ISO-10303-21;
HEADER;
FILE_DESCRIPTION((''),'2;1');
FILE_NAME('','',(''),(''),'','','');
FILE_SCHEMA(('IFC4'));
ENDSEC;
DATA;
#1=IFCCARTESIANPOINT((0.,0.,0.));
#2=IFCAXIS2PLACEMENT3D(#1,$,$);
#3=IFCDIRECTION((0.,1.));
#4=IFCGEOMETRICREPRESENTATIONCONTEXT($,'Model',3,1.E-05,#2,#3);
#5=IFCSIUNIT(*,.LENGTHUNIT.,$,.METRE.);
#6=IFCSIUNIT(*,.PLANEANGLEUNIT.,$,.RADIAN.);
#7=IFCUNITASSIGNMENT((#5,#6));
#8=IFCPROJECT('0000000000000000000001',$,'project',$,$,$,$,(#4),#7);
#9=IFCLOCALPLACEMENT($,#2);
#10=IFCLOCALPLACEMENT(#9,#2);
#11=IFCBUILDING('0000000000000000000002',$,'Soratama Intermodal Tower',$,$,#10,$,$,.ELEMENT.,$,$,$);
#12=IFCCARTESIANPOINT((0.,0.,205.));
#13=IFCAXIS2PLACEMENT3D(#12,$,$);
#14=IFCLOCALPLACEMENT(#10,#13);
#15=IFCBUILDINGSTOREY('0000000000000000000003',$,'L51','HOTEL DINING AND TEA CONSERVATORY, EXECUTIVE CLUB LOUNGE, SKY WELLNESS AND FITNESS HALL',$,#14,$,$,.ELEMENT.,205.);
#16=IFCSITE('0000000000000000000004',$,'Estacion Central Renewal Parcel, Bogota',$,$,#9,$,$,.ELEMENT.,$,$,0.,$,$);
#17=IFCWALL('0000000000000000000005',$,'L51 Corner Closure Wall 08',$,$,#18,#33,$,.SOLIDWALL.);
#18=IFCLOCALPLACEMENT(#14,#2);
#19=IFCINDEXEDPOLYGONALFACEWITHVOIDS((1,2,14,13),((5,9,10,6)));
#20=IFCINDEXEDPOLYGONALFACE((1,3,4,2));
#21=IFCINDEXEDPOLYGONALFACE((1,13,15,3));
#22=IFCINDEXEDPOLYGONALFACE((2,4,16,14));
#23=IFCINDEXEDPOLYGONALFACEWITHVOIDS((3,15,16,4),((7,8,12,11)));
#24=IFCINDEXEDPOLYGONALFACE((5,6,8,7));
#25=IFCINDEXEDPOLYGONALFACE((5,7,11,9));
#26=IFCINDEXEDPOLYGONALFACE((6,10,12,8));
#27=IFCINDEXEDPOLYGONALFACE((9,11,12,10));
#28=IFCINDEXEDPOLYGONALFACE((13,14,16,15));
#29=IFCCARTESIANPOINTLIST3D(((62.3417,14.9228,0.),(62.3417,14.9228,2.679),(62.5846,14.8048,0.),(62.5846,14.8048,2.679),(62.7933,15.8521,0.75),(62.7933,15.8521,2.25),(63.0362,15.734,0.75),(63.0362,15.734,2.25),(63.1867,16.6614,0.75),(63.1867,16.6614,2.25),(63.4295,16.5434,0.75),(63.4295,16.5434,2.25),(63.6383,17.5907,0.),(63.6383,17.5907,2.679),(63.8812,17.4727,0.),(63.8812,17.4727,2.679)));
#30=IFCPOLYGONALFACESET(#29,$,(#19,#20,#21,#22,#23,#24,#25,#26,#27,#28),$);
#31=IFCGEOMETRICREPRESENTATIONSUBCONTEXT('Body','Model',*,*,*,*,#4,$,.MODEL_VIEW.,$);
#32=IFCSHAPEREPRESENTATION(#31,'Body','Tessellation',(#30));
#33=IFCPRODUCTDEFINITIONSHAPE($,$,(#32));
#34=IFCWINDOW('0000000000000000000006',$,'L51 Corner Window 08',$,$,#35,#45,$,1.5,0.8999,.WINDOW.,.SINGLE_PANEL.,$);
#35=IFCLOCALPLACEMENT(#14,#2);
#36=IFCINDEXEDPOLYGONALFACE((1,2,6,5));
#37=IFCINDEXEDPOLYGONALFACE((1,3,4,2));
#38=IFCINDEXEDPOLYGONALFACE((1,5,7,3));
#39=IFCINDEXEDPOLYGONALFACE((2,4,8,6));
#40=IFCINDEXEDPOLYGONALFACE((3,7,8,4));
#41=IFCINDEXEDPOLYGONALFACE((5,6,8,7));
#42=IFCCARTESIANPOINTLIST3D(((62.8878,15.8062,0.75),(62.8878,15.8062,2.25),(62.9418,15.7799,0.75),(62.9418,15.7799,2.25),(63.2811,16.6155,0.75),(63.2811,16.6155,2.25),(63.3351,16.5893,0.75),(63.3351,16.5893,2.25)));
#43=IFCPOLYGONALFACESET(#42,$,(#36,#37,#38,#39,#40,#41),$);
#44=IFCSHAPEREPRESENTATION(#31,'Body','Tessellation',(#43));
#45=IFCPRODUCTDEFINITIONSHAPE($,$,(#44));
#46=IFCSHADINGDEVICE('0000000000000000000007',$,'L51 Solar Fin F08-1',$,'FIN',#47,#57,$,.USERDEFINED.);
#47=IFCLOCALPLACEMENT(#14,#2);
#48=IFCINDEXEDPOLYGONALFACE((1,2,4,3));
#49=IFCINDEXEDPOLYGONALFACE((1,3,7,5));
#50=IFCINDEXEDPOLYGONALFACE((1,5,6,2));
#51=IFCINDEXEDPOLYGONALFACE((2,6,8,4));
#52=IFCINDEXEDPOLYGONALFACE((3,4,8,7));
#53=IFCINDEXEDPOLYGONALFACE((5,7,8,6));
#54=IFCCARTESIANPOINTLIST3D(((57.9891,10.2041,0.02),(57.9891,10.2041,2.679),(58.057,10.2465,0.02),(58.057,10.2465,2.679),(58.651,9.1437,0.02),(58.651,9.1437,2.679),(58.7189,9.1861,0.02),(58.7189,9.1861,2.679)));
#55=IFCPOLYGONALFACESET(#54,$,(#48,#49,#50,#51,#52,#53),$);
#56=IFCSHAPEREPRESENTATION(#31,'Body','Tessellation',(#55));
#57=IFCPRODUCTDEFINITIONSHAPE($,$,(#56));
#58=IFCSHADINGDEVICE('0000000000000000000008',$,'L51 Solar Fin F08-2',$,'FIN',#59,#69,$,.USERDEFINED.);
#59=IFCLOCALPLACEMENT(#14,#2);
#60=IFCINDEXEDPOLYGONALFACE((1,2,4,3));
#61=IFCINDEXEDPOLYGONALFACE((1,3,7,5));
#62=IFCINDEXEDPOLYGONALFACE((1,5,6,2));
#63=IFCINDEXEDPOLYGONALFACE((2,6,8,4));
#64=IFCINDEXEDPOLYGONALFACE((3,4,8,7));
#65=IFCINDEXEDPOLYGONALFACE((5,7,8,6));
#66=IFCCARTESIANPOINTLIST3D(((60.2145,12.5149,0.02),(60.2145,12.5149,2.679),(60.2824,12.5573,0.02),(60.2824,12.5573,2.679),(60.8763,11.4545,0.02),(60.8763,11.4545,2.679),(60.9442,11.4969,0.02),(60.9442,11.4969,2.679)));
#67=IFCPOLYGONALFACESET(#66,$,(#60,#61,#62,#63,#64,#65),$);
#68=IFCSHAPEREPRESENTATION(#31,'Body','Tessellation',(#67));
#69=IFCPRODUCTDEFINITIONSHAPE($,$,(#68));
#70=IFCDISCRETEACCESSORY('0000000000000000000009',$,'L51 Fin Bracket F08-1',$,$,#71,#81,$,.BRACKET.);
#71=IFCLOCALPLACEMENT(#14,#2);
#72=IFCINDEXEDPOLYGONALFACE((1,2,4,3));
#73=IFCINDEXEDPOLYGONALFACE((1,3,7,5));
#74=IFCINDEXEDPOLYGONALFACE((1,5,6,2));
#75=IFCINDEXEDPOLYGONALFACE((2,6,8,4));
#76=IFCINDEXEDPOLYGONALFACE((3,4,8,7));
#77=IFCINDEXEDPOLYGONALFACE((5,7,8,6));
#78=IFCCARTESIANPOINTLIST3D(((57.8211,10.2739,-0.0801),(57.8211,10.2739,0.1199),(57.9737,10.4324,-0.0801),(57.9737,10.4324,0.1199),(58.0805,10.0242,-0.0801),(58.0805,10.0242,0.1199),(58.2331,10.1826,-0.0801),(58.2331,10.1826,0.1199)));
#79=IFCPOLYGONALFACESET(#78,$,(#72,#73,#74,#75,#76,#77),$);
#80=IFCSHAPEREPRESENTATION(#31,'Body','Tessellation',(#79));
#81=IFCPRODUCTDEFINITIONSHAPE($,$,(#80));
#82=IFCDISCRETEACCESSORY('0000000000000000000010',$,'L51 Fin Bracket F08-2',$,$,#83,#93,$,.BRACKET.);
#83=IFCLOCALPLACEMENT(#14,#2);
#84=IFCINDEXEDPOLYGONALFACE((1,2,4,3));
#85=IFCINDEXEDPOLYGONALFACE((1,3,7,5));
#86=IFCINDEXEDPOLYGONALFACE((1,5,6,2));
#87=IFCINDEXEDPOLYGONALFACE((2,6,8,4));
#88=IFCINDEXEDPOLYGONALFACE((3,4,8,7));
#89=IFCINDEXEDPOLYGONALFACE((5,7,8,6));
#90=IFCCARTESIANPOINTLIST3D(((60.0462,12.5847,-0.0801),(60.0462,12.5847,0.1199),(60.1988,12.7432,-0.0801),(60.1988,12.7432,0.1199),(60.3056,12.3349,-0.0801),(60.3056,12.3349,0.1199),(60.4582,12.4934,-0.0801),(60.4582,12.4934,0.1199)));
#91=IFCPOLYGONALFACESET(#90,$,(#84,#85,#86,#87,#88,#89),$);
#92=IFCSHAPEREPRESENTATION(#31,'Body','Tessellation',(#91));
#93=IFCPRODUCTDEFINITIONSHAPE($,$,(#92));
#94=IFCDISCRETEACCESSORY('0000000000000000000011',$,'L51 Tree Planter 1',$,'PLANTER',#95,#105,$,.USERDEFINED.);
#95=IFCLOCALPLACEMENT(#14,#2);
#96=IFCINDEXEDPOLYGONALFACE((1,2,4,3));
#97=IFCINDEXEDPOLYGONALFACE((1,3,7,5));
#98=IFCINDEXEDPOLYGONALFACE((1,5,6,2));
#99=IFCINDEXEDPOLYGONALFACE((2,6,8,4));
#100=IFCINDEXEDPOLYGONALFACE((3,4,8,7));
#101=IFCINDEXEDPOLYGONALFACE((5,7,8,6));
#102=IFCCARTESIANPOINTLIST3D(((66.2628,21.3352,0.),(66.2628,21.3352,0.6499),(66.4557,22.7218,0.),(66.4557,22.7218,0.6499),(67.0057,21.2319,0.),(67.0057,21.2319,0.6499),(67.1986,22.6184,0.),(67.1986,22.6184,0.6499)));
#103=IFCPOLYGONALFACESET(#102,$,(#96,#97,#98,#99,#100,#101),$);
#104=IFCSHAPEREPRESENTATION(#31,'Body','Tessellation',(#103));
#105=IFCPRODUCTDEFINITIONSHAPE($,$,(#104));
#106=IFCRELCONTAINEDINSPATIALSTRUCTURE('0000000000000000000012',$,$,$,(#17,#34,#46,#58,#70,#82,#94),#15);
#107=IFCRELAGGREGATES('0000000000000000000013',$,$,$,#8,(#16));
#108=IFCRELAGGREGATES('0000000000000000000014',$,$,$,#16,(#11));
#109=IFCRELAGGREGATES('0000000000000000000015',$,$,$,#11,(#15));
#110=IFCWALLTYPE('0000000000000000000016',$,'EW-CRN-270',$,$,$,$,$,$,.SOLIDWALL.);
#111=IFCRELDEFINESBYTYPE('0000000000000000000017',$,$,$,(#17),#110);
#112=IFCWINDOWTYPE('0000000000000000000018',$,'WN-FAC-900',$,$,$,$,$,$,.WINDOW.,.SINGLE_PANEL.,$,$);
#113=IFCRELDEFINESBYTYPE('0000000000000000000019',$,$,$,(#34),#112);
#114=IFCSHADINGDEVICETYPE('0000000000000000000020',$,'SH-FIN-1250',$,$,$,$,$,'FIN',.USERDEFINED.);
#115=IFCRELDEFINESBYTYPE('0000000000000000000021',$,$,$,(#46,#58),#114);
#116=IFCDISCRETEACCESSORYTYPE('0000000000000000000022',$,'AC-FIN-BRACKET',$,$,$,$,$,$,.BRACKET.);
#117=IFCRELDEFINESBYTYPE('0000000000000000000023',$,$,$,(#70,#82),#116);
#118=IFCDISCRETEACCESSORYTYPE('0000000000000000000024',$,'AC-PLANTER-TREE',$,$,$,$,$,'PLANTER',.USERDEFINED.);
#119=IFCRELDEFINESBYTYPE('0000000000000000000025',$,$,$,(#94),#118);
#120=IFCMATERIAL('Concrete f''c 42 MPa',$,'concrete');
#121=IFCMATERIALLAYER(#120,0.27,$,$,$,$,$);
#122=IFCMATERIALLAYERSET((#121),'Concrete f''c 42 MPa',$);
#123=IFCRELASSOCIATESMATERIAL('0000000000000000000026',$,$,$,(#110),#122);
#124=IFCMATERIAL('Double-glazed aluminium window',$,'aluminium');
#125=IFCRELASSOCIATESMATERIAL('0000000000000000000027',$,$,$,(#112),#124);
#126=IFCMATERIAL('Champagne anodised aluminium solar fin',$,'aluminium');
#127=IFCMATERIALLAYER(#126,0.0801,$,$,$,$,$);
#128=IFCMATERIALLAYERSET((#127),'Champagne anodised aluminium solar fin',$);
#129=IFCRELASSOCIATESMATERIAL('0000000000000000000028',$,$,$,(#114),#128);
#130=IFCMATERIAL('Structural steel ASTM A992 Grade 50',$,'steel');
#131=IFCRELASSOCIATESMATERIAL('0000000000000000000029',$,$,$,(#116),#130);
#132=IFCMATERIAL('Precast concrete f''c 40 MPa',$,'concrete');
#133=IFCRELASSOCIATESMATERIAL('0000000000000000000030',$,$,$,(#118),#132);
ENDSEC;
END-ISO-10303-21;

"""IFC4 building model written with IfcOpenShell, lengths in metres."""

from ifc_helpers import new_model, si_unit, direction, frame, frame_2d, origin, origin_2d, place, context, subcontext, project, spatial, rectangle, extrude, material, layer, layer_set, type_object, element, fill, save


model = new_model("IFC4")

# Units and contexts
model_context = context("Model", 3, precision=1e-05, world=origin(), true_north=direction((0.0, 1.0)))
body_context = subcontext(model_context, "Body", "Model", "MODEL_VIEW")
ifc_project = project(units=[si_unit("LENGTHUNIT", "METRE"), si_unit("PLANEANGLEUNIT", "RADIAN")], contexts=[model_context])

# Site, building, storey
site_placement = place(None, origin())
site = spatial("IfcSite", under=ifc_project, at=site_placement, Name="Estacion Central Renewal Parcel, Bogota", CompositionType="ELEMENT", RefElevation=0.0)
building_placement = place(site_placement, origin())
building = spatial("IfcBuilding", under=site, at=building_placement, Name="Soratama Intermodal Tower", CompositionType="ELEMENT")
storey_placement = place(building_placement, frame((0.0, 0.0, 205.0)))
storey = spatial("IfcBuildingStorey", under=building, at=storey_placement, Name="L51", Description="HOTEL DINING AND TEA CONSERVATORY, EXECUTIVE CLUB LOUNGE, SKY WELLNESS AND FITNESS HALL", CompositionType="ELEMENT", Elevation=205.0)

# Wall, opening, window
ifc_material_1 = material(Name="Concrete f'c 42 MPa", Category="concrete")
ifc_layer_1 = layer(ifc_material_1, 0.27)
ifc_layer_set_1 = layer_set([ifc_layer_1], Name="Concrete f'c 42 MPa")
wall_type_1 = type_object("IfcWallType", Name="EW-CRN-270", PredefinedType="SOLIDWALL", material=ifc_layer_set_1)
wall_1_placement = place(storey_placement, frame((62.4631, 14.8638, 0.0), z_axis=(0.0, 0.0, 1.0), x_axis=(0.437111, 0.899407, 0.0)))
wall_1 = element("IfcWall", 1, at=wall_1_placement, inside=storey, type_object=wall_type_1, Name="L51 Corner Closure Wall 08", PredefinedType="SOLIDWALL", context=body_context, shape_type="SweptSolid", body=[
    extrude(rectangle(XDim=2.9663, YDim=0.27, at=frame_2d((1.4832, 0.0))), origin(), (0.0, 0.0, 1.0), 2.679),
])
opening_1_placement = place(wall_1_placement, frame((1.0332, 0.0, 0.75)))
opening_1 = element("IfcOpeningElement", 2, at=opening_1_placement, cuts=wall_1, PredefinedType="OPENING", context=body_context, shape_type="SweptSolid", body=[
    extrude(rectangle(XDim=0.8999, YDim=1.5, at=frame_2d((0.45, 0.75))), frame((0.0, 0.145, 0.0), z_axis=(0.0, -1.0, 0.0), x_axis=(1.0, 0.0, 0.0)), (0.0, 0.0, 1.0), 0.29),
])
ifc_material_2 = material(Name="Double-glazed aluminium window", Category="aluminium")
window_type_1 = type_object("IfcWindowType", Name="WN-FAC-900", PartitioningType="SINGLE_PANEL", PredefinedType="WINDOW", material=ifc_material_2)
window_1_placement = place(opening_1_placement, origin())
window_1 = element("IfcWindow", 3, at=window_1_placement, inside=storey, type_object=window_type_1, Name="L51 Corner Window 08", OverallHeight=1.5, OverallWidth=0.8999, PartitioningType="SINGLE_PANEL", PredefinedType="WINDOW", context=body_context, shape_type="SweptSolid", body=[
    extrude(rectangle(XDim=0.8999, YDim=1.5, at=frame_2d((0.45, 0.75))), frame((0.0, 0.03, 0.0), z_axis=(0.0, -1.0, 0.0), x_axis=(1.0, 0.0, 0.0)), (0.0, 0.0, 1.0), 0.0601),
])
fill(opening_1, window_1)

# Shading devices
ifc_material_3 = material(Name="Champagne anodised aluminium solar fin", Category="aluminium")
ifc_layer_2 = layer(ifc_material_3, 0.0801)
ifc_layer_set_2 = layer_set([ifc_layer_2], Name="Champagne anodised aluminium solar fin")
shading_device_type = type_object("IfcShadingDeviceType", Name="SH-FIN-1250", ElementType="FIN", PredefinedType="USERDEFINED", material=ifc_layer_set_2)
for number, where, z_axis, x_axis, name in (
    (4, (58.354, 9.6951, 0.02), (0.0, 0.0, 1.0), (0.529475, -0.848325, 0.0), "L51 Solar Fin F08-1"),
    (5, (60.5793, 12.0059, 0.02), (0.0, 0.0, 1.0), (0.529475, -0.848325, 0.0), "L51 Solar Fin F08-2"),
):
    element("IfcShadingDevice", number, at=place(storey_placement, frame(where, z_axis=z_axis, x_axis=x_axis)), inside=storey, type_object=shading_device_type, Name=name, ObjectType="FIN", PredefinedType="USERDEFINED", context=body_context, shape_type="SweptSolid", body=[
        extrude(rectangle(XDim=1.25, YDim=0.0801, at=origin_2d()), origin(), (0.0, 0.0, 1.0), 2.6589),
    ])

# Discrete accessories
ifc_material_4 = material(Name="Structural steel ASTM A992 Grade 50", Category="steel")
discrete_accessory_type_1 = type_object("IfcDiscreteAccessoryType", Name="AC-FIN-BRACKET", PredefinedType="BRACKET", material=ifc_material_4)
for number, where, z_axis, x_axis, name in (
    (6, (58.0271, 10.2283, -0.0801), (0.0, 0.0, 1.0), (0.720309, -0.693653, 0.0), "L51 Fin Bracket F08-1"),
    (7, (60.2522, 12.5391, -0.0801), (0.0, 0.0, 1.0), (0.720309, -0.693653, 0.0), "L51 Fin Bracket F08-2"),
):
    element("IfcDiscreteAccessory", number, at=place(storey_placement, frame(where, z_axis=z_axis, x_axis=x_axis)), inside=storey, type_object=discrete_accessory_type_1, Name=name, PredefinedType="BRACKET", context=body_context, shape_type="SweptSolid", body=[
        extrude(rectangle(XDim=0.3601, YDim=0.22, at=origin_2d()), origin(), (0.0, 0.0, 1.0), 0.2),
    ])
ifc_material_5 = material(Name="Precast concrete f'c 40 MPa", Category="concrete")
discrete_accessory_type_2 = type_object("IfcDiscreteAccessoryType", Name="AC-PLANTER-TREE", ElementType="PLANTER", PredefinedType="USERDEFINED", material=ifc_material_5)
discrete_accessory_placement = place(storey_placement, frame((66.7307, 21.9768, 0.0), z_axis=(0.0, 0.0, 1.0), x_axis=(0.990461, -0.13779, 0.0)))
element("IfcDiscreteAccessory", 8, at=discrete_accessory_placement, inside=storey, type_object=discrete_accessory_type_2, Name="L51 Tree Planter 1", ObjectType="PLANTER", PredefinedType="USERDEFINED", context=body_context, shape_type="SweptSolid", body=[
    extrude(rectangle(XDim=0.75, YDim=1.3999, at=origin_2d()), origin(), (0.0, 0.0, 1.0), 0.6499),
])

save(model, "model.ifc")
